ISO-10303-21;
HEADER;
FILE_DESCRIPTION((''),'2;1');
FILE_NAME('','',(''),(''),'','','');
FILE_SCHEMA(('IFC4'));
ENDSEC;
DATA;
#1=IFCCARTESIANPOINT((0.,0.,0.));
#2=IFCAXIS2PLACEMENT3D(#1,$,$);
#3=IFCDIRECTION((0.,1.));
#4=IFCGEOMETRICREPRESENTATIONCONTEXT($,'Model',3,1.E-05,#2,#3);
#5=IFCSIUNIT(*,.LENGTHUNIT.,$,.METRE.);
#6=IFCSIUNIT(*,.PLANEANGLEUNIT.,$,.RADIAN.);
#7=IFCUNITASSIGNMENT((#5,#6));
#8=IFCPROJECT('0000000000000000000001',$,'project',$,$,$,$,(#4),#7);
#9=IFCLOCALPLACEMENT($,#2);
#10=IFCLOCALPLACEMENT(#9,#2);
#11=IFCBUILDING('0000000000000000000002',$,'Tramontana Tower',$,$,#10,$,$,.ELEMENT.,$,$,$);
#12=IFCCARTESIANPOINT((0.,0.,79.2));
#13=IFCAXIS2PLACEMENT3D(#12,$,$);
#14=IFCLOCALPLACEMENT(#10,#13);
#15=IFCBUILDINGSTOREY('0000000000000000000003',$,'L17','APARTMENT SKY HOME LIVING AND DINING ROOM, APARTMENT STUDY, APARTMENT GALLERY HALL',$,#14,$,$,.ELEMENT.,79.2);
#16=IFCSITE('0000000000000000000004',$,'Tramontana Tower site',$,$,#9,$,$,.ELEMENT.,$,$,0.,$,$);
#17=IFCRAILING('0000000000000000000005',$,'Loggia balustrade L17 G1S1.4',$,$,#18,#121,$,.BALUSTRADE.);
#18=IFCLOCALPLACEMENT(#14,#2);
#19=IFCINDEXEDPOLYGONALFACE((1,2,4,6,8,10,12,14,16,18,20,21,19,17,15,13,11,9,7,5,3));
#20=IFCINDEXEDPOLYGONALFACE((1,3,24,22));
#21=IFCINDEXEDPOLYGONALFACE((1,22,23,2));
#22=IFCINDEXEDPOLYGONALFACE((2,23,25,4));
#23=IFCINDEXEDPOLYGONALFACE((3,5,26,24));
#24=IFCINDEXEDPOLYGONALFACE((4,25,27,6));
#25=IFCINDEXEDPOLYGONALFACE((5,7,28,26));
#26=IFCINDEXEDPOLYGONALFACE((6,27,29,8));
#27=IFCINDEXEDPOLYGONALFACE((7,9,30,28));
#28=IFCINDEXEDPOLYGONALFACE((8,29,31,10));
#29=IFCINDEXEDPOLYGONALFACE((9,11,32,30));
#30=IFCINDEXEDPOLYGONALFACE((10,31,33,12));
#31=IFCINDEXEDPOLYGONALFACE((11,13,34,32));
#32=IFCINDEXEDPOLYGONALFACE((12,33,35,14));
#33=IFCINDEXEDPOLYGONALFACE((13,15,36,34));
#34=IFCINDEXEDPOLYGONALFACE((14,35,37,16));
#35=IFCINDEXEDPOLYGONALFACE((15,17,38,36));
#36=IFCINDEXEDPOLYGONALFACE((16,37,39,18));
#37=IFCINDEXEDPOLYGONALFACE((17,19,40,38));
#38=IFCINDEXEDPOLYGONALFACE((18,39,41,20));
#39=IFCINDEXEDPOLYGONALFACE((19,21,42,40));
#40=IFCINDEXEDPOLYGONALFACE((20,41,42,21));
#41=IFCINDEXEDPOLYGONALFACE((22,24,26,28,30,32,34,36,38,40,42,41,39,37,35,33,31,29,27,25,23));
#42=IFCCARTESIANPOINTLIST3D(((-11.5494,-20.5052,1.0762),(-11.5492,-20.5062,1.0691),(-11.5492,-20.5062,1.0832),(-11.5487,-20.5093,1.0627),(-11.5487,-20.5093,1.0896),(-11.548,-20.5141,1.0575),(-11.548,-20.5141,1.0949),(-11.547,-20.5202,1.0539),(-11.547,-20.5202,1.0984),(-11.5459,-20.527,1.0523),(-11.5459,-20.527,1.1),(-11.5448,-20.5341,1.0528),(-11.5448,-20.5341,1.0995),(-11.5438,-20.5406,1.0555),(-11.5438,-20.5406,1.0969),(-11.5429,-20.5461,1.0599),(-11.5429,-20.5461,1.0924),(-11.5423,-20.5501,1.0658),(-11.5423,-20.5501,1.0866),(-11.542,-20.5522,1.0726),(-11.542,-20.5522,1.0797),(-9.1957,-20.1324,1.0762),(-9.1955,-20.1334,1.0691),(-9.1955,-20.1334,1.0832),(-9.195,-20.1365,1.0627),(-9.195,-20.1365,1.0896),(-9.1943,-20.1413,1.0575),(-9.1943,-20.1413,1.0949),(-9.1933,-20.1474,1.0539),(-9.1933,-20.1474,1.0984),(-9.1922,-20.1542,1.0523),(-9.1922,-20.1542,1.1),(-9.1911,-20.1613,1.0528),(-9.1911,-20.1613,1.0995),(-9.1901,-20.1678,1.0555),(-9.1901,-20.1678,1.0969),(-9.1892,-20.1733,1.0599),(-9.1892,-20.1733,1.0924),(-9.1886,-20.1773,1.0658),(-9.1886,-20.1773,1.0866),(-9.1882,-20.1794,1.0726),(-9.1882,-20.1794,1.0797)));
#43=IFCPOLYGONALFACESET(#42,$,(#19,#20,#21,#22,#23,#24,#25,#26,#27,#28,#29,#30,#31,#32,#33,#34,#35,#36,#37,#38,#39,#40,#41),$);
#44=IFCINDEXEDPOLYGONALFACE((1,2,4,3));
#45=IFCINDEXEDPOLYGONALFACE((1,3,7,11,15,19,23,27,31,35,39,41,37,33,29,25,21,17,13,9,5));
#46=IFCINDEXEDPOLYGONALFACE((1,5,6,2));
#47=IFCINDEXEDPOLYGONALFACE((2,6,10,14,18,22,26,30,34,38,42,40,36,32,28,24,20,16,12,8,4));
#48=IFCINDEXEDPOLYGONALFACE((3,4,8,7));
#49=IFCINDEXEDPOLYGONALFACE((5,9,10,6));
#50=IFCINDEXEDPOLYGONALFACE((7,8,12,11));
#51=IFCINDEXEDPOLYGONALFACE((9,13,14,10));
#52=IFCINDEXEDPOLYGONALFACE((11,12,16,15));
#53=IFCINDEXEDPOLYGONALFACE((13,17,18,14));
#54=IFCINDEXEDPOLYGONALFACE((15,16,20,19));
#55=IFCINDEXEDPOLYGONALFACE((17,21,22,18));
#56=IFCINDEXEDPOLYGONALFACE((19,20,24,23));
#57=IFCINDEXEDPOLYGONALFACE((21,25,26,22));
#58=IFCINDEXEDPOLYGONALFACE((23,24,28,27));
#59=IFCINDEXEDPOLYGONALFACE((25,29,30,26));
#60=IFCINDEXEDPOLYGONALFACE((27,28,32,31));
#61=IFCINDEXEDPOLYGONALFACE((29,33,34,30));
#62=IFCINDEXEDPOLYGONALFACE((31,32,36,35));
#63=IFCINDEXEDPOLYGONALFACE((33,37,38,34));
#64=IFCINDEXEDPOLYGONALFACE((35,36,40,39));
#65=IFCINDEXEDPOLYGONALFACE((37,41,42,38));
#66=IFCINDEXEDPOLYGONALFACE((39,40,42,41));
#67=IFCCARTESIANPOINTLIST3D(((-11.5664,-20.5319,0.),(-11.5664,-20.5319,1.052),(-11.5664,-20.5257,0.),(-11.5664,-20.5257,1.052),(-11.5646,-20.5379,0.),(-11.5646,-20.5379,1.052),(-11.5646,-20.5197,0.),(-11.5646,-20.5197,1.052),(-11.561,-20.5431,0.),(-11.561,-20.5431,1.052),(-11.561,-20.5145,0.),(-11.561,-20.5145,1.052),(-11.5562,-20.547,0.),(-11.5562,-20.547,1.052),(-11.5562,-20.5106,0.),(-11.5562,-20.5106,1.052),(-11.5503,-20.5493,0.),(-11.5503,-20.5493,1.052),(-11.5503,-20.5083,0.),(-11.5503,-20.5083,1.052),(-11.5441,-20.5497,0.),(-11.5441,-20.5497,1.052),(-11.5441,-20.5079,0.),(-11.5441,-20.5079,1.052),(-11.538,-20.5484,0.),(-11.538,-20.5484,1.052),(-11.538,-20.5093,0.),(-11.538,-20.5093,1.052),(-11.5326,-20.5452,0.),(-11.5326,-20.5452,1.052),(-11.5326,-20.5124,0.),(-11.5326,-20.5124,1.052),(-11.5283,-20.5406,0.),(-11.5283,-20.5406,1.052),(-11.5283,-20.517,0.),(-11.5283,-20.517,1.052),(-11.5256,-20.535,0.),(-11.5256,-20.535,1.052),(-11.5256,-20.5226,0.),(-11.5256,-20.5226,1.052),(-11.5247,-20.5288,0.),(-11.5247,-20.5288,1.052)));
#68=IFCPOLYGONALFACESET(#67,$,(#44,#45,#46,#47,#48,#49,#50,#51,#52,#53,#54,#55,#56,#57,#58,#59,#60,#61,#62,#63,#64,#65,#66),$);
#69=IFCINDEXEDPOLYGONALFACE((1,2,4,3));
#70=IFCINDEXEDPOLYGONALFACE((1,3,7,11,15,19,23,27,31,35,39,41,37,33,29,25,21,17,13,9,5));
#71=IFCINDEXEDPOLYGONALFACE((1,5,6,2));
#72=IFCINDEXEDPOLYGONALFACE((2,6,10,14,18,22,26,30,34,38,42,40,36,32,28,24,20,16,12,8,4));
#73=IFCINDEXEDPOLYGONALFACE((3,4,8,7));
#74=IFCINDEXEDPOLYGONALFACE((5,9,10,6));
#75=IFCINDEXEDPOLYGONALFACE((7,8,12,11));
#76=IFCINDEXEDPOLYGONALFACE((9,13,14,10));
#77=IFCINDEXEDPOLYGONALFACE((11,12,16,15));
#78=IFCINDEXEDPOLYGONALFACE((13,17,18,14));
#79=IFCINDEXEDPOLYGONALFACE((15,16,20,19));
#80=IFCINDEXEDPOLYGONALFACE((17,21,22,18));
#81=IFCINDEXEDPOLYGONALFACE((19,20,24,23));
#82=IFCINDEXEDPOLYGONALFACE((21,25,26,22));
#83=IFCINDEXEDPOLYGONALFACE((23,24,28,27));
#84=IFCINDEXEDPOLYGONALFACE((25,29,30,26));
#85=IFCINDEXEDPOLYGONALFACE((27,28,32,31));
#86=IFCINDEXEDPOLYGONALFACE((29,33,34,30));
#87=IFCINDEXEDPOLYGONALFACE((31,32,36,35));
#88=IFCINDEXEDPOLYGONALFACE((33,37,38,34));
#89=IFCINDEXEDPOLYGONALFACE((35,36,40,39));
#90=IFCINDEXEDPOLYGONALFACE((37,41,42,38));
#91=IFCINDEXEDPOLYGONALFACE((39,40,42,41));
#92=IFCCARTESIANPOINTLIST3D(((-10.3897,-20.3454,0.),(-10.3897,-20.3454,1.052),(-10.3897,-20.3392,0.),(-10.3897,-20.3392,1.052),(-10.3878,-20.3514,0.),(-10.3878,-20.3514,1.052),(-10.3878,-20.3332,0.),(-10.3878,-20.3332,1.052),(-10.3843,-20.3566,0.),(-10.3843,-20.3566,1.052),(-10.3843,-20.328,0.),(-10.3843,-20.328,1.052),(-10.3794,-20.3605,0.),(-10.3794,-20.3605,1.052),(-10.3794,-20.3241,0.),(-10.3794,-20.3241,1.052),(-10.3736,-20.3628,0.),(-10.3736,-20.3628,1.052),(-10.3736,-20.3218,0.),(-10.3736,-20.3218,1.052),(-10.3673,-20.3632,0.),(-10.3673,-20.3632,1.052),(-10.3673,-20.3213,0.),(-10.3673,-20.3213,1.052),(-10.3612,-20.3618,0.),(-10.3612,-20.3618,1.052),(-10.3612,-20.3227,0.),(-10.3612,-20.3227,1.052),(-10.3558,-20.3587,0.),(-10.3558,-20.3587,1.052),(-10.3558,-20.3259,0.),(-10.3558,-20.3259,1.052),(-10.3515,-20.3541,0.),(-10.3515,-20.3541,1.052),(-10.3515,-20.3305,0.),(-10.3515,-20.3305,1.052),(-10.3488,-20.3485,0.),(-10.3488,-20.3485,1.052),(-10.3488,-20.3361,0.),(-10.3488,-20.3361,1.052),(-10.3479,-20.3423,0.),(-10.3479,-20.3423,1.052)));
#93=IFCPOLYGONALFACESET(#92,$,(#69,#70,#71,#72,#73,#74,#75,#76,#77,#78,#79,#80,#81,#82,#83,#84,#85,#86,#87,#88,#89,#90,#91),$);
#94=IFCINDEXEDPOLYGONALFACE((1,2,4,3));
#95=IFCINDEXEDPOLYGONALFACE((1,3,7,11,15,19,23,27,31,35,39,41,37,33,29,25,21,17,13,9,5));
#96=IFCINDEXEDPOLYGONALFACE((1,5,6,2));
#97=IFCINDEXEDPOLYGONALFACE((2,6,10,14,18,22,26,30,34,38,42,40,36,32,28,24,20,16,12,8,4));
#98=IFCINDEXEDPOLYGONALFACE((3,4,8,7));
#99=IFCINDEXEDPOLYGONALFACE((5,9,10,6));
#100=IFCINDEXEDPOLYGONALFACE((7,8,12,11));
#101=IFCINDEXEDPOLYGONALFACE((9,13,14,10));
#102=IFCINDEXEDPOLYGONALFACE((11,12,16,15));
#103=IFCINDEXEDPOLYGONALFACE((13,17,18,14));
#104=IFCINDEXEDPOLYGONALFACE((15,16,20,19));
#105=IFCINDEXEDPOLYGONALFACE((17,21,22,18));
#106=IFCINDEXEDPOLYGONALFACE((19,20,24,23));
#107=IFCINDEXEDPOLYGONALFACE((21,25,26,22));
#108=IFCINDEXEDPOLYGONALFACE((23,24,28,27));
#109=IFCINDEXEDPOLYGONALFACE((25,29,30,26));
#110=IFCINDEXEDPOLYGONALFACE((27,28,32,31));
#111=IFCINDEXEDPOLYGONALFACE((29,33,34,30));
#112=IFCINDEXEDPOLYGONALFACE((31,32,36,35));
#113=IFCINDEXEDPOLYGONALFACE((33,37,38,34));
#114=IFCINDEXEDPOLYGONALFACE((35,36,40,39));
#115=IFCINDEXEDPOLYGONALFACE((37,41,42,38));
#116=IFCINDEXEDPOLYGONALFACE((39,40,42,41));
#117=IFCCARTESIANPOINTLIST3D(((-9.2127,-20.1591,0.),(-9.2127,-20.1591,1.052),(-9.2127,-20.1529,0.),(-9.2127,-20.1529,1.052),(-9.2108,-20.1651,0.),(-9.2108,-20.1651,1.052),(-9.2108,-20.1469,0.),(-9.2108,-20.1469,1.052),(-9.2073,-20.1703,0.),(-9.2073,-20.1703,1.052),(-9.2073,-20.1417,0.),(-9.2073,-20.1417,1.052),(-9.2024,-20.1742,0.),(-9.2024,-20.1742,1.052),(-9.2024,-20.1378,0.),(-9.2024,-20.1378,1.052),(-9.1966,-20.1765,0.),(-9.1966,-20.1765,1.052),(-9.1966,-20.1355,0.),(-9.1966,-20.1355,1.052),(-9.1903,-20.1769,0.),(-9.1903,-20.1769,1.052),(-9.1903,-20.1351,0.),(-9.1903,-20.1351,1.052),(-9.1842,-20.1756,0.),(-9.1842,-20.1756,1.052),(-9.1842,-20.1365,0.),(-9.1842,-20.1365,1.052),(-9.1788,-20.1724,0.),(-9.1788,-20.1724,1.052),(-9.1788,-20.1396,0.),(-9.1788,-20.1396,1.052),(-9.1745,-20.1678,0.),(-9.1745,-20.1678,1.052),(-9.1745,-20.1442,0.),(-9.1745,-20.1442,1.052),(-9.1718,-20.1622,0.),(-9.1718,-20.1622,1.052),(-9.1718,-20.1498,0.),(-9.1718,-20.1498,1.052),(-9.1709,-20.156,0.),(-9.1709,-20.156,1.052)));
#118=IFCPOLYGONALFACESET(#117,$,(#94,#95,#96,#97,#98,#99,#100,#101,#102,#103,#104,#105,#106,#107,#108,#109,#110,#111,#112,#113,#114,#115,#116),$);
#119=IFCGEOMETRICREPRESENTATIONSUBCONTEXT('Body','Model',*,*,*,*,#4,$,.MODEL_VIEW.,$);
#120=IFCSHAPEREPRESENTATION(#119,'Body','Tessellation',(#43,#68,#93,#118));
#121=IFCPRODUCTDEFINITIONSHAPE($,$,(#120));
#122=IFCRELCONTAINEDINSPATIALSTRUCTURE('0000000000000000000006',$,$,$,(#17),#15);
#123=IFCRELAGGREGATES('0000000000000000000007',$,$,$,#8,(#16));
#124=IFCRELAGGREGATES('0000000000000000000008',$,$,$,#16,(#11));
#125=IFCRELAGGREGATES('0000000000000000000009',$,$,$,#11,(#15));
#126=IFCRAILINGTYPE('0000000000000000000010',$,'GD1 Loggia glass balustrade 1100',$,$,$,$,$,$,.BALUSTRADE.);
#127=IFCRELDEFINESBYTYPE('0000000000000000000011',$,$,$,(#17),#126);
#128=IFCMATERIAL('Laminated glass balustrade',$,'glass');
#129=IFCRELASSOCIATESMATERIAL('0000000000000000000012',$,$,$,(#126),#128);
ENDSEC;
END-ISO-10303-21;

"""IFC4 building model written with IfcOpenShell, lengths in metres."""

from ifc_helpers import new_model, si_unit, direction, frame, origin, origin_2d, place, context, subcontext, project, spatial, circle, extrude, material, type_object, element, save


model = new_model("IFC4")

# Units and contexts
model_context = context("Model", 3, precision=1e-05, world=origin(), true_north=direction((0.0, 1.0)))
body_context = subcontext(model_context, "Body", "Model", "MODEL_VIEW")
ifc_project = project(units=[si_unit("LENGTHUNIT", "METRE"), si_unit("PLANEANGLEUNIT", "RADIAN")], contexts=[model_context])

# Site, building, storey
site_placement = place(None, origin())
site = spatial("IfcSite", under=ifc_project, at=site_placement, Name="Tramontana Tower site", CompositionType="ELEMENT", RefElevation=0.0)
building_placement = place(site_placement, origin())
building = spatial("IfcBuilding", under=site, at=building_placement, Name="Tramontana Tower", CompositionType="ELEMENT")
storey_placement = place(building_placement, frame((0.0, 0.0, 79.2)))
storey = spatial("IfcBuildingStorey", under=building, at=storey_placement, Name="L17", Description="APARTMENT SKY HOME LIVING AND DINING ROOM, APARTMENT STUDY, APARTMENT GALLERY HALL", CompositionType="ELEMENT", Elevation=79.2)

# Railing
ifc_material_1 = material(Name="Laminated glass balustrade", Category="glass")
railing_type = type_object("IfcRailingType", Name="GD1 Loggia glass balustrade 1100", PredefinedType="BALUSTRADE", material=ifc_material_1)
railing_1_placement = place(storey_placement, frame((-11.5457, -20.5288, 0.0)))
element("IfcRailing", 1, at=railing_1_placement, inside=storey, type_object=railing_type, Name="Loggia balustrade L17 G1S1.4", PredefinedType="BALUSTRADE", context=body_context, shape_type="SweptSolid", body=[
    extrude(circle(Radius=0.0239, at=origin_2d()), frame((0.0, 0.0, 1.0762), z_axis=(0.987688, 0.156436, 0.0), x_axis=(-0.156436, 0.987688, 0.0)), (0.0, 0.0, 1.0), 2.3831),
    extrude(circle(Radius=0.021, at=origin_2d()), origin(), (0.0, 0.0, 1.0), 1.052),
    extrude(circle(Radius=0.021, at=origin_2d()), frame((1.1768, 0.1865, 0.0)), (0.0, 0.0, 1.0), 1.052),
    extrude(circle(Radius=0.021, at=origin_2d()), frame((2.3538, 0.3728, 0.0)), (0.0, 0.0, 1.0), 1.052),
])

save(model, "model.ifc")
